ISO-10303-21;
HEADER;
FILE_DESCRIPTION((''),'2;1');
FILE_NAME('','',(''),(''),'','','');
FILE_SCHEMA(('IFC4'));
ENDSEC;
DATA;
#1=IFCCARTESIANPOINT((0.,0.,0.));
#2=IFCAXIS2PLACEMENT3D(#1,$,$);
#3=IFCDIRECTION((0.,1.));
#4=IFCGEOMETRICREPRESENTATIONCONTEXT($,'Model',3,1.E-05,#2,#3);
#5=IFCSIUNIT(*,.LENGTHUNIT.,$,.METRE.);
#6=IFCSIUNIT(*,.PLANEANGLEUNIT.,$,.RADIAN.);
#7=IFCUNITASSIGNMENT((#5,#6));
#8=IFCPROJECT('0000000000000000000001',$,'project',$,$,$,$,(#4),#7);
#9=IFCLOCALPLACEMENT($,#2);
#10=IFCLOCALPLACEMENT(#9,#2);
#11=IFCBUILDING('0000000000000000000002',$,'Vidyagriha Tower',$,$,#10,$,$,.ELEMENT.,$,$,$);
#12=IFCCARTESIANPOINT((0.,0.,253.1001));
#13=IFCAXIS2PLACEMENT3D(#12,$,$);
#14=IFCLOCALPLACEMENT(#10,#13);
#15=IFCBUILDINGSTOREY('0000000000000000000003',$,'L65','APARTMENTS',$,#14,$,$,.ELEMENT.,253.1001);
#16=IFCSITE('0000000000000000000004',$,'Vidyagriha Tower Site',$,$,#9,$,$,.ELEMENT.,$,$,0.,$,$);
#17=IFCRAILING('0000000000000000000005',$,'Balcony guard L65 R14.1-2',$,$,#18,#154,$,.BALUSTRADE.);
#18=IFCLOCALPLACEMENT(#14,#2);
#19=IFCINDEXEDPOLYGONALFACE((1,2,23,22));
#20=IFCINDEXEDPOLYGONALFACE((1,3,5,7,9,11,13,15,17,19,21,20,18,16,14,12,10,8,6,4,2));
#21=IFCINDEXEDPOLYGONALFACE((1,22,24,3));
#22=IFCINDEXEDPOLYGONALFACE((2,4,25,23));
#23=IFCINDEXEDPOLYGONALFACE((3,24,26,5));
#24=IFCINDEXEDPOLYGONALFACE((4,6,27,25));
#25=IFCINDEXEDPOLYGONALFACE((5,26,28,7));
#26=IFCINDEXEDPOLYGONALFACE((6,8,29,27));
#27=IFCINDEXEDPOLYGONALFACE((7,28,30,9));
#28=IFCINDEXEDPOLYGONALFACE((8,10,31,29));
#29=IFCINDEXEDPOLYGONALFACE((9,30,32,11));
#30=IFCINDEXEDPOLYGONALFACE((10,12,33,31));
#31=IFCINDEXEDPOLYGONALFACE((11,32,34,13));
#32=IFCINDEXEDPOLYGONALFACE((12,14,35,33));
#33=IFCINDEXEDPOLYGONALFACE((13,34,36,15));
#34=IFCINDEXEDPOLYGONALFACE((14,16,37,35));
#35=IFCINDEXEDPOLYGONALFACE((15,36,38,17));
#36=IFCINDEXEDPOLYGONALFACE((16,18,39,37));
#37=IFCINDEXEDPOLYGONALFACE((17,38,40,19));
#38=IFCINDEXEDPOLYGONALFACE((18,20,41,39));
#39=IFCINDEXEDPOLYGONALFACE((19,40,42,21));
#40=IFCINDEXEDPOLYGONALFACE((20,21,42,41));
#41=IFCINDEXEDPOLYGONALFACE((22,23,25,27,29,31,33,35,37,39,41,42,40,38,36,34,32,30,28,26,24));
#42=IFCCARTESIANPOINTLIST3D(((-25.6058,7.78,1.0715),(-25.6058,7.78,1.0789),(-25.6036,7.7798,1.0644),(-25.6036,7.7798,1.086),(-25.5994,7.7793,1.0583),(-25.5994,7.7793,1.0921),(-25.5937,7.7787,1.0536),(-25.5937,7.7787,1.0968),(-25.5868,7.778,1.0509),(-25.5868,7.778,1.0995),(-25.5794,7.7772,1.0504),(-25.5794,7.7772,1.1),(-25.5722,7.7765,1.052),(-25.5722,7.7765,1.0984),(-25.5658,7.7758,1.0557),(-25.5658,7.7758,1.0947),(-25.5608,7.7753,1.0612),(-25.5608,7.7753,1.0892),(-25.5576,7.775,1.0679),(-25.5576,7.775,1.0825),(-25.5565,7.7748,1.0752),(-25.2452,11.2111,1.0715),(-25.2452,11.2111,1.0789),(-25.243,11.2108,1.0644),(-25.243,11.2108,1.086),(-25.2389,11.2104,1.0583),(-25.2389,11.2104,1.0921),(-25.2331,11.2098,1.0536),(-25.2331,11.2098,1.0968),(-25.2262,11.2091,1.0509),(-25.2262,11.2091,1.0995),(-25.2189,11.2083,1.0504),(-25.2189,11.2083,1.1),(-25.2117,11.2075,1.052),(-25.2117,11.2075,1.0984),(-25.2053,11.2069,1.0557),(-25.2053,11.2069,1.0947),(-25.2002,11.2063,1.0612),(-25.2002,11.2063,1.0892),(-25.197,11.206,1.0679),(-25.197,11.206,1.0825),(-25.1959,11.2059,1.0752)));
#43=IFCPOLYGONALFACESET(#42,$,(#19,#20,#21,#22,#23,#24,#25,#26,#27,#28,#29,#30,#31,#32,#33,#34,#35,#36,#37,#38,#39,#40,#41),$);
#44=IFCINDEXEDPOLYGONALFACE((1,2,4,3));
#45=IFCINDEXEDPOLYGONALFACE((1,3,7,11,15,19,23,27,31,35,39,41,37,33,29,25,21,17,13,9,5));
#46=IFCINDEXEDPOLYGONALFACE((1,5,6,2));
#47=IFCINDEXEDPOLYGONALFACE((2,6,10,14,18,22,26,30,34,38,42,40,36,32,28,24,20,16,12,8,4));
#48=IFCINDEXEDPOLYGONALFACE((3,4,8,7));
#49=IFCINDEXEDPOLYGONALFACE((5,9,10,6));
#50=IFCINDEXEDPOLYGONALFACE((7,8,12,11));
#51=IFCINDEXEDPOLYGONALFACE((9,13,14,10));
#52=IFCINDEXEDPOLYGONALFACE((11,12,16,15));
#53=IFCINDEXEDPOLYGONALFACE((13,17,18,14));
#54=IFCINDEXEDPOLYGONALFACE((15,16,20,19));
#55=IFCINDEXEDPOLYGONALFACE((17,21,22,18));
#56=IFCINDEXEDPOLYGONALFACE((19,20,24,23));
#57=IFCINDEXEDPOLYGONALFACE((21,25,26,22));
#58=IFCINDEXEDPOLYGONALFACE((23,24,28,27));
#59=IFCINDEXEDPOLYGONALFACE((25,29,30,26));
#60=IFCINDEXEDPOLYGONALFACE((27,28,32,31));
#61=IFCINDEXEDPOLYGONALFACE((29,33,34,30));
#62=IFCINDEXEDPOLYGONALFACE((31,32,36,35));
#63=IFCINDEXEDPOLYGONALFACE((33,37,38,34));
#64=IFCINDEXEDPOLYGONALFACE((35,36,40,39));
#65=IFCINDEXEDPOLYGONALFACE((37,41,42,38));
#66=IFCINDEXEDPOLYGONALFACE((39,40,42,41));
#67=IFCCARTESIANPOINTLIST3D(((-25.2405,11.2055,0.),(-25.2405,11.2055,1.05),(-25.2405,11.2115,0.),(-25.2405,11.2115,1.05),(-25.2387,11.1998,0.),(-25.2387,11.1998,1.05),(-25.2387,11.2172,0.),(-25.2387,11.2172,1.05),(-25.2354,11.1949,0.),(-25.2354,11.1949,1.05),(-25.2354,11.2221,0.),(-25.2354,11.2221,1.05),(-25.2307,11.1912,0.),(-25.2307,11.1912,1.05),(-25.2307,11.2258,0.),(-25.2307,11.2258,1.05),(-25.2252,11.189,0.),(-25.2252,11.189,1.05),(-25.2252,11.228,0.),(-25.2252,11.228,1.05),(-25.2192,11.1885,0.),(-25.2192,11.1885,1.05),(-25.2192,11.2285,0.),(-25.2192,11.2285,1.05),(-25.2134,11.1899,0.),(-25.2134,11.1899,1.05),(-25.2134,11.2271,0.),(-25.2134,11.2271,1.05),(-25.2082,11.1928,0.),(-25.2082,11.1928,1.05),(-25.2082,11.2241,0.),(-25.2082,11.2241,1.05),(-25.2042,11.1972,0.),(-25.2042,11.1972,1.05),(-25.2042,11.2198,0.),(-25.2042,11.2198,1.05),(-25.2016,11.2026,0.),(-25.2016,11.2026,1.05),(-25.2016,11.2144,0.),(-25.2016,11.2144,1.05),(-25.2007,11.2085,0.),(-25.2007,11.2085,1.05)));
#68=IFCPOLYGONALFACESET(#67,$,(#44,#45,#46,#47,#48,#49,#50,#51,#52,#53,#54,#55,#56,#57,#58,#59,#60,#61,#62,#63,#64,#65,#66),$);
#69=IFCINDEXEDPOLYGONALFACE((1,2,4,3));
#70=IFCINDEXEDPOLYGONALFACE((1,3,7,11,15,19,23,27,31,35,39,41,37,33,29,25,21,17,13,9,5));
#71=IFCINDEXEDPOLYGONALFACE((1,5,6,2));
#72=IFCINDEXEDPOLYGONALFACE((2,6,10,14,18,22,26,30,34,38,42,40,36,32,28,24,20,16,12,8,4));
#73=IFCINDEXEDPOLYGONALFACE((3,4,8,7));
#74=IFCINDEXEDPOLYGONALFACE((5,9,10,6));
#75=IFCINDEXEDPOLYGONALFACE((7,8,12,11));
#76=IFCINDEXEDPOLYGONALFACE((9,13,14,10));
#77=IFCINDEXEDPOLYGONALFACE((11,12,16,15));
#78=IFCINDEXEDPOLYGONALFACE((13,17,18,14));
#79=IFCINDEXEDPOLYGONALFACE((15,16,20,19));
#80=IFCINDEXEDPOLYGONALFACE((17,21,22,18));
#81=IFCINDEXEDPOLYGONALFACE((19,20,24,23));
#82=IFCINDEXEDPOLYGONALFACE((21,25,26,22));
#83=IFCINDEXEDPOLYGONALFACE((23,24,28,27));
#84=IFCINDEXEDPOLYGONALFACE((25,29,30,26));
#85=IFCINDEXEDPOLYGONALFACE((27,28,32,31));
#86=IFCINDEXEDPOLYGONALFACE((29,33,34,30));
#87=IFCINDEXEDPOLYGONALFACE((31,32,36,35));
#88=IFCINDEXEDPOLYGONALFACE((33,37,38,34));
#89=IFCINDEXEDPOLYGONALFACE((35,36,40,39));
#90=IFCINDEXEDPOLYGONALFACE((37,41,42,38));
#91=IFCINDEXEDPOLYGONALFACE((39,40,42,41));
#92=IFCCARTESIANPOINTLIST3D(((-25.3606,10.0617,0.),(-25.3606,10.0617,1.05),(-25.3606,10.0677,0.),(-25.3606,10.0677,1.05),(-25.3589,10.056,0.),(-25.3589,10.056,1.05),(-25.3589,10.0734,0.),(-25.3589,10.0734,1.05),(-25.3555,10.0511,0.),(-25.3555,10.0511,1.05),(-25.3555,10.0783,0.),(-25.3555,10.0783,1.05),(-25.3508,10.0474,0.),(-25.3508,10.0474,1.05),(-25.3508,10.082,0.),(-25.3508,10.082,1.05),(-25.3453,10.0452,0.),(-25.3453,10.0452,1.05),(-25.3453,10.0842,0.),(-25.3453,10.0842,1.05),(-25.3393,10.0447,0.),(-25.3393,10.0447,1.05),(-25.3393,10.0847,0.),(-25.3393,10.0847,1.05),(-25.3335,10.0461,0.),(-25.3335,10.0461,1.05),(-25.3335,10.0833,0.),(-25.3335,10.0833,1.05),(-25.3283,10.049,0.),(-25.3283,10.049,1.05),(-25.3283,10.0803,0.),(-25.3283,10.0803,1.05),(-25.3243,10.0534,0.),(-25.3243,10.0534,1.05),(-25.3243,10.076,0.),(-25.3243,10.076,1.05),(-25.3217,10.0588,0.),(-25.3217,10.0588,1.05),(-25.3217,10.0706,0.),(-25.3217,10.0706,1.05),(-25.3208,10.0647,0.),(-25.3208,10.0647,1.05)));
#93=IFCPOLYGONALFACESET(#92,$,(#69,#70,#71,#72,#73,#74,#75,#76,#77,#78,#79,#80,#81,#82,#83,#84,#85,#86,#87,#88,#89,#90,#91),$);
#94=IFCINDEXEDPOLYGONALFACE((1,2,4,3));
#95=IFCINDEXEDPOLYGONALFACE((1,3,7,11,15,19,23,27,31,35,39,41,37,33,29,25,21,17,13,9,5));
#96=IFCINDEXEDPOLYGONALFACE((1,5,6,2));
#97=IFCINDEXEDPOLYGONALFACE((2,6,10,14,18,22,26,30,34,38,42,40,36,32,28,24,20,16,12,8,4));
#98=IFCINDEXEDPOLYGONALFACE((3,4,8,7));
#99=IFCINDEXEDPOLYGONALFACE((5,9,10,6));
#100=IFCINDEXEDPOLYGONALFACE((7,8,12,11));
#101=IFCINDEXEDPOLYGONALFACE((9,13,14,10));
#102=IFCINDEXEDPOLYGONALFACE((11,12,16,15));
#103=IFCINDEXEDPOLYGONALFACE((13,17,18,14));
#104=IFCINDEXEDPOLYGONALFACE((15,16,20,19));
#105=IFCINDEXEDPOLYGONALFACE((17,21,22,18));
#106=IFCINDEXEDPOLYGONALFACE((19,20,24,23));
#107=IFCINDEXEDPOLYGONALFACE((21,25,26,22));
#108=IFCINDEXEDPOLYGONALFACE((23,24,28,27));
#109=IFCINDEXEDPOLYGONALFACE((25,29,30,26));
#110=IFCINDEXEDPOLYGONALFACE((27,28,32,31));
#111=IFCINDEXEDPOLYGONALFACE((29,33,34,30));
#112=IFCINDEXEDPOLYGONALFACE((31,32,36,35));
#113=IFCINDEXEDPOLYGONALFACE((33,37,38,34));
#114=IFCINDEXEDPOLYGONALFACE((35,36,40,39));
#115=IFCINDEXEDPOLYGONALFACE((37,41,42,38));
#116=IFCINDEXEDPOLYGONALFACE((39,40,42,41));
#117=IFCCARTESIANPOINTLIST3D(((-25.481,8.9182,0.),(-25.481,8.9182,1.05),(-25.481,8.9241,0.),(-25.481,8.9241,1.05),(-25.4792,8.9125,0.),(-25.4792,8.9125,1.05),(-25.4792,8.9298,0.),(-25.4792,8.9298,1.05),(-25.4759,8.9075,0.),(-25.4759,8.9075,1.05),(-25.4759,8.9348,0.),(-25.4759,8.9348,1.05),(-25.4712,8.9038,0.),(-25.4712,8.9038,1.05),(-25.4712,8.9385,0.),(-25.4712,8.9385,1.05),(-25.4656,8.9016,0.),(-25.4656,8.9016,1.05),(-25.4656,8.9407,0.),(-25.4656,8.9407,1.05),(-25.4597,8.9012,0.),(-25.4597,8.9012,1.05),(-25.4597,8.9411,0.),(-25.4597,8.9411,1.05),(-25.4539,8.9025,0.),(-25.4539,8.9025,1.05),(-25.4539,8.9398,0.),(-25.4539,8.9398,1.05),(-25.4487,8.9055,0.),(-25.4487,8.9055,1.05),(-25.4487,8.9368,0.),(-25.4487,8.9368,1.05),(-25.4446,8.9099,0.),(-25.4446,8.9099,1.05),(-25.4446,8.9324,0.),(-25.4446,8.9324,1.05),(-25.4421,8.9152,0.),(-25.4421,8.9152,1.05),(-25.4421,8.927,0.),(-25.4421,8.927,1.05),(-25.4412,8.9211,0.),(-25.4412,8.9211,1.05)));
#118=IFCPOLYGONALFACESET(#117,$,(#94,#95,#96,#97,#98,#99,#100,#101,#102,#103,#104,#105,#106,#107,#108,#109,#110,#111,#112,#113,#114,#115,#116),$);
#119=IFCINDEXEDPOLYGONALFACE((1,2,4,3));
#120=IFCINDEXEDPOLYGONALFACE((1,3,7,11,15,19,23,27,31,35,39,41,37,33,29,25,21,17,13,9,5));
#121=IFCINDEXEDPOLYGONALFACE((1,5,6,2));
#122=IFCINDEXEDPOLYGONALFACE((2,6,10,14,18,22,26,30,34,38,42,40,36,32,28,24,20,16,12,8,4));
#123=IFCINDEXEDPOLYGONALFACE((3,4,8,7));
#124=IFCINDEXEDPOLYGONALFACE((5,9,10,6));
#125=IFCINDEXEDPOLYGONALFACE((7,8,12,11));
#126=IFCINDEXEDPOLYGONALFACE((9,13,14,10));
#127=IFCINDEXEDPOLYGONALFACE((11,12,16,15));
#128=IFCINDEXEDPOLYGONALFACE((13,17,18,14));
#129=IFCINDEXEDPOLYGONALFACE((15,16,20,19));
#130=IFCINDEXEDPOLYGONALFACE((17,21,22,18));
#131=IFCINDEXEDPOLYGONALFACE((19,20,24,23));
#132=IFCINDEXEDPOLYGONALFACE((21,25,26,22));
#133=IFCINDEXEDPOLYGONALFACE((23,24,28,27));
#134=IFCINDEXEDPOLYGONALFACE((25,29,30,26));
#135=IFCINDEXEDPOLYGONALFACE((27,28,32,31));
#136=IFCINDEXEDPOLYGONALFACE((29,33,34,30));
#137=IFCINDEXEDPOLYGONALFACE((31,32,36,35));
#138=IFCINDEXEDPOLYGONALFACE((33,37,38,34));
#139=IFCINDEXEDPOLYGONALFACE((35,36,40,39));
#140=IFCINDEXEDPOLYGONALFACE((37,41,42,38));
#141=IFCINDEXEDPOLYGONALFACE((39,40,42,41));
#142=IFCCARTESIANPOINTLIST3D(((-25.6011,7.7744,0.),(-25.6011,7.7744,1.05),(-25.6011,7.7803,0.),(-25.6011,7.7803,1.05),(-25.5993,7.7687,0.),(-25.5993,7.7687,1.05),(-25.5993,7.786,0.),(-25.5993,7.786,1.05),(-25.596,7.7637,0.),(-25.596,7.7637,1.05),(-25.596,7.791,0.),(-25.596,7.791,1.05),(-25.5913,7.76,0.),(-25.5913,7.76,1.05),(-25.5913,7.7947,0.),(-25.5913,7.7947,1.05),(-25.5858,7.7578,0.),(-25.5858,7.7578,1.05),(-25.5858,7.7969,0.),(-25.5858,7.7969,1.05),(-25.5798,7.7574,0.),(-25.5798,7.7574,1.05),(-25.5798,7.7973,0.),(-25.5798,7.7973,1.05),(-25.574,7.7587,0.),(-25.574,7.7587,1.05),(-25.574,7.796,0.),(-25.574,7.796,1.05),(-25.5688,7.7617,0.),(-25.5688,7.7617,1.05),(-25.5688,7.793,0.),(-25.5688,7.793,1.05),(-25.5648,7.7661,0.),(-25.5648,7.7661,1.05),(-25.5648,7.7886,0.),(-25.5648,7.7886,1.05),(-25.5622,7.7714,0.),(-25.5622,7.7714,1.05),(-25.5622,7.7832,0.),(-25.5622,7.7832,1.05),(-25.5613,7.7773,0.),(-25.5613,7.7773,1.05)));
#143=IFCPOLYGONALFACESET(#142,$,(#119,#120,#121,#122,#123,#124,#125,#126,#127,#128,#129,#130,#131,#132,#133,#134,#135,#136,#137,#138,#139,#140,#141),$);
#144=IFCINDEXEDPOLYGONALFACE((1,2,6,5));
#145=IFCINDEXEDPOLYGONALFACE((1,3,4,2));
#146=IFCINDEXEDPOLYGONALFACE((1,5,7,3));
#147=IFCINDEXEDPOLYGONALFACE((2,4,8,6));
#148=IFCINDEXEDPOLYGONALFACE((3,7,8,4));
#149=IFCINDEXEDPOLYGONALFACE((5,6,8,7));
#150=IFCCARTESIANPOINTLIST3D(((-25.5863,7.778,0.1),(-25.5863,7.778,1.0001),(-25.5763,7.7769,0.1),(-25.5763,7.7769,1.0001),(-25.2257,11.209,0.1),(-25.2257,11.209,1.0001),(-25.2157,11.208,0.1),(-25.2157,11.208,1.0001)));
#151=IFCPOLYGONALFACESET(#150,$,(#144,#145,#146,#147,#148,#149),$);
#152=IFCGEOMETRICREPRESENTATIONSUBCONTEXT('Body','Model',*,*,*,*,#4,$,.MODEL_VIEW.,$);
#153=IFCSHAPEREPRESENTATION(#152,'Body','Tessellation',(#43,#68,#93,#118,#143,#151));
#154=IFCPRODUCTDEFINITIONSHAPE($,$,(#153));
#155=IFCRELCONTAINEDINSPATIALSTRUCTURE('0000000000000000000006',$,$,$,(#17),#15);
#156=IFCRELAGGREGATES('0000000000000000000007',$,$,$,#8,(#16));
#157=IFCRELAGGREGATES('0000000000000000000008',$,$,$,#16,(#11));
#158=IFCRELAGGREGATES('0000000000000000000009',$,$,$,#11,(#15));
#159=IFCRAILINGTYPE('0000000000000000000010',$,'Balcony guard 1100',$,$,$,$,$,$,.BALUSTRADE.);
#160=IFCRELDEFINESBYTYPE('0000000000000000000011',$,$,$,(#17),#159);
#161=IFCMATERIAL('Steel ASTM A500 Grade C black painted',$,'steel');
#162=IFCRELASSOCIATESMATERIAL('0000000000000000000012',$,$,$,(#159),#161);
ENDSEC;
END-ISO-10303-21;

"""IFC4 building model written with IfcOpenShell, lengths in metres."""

from ifc_helpers import new_model, si_unit, direction, frame, origin, origin_2d, place, context, subcontext, project, spatial, rectangle, circle, extrude, material, type_object, element, save


model = new_model("IFC4")

# Units and contexts
model_context = context("Model", 3, precision=1e-05, world=origin(), true_north=direction((0.0, 1.0)))
body_context = subcontext(model_context, "Body", "Model", "MODEL_VIEW")
ifc_project = project(units=[si_unit("LENGTHUNIT", "METRE"), si_unit("PLANEANGLEUNIT", "RADIAN")], contexts=[model_context])

# Site, building, storey
site_placement = place(None, origin())
site = spatial("IfcSite", under=ifc_project, at=site_placement, Name="Vidyagriha Tower Site", CompositionType="ELEMENT", RefElevation=0.0)
building_placement = place(site_placement, origin())
building = spatial("IfcBuilding", under=site, at=building_placement, Name="Vidyagriha Tower", CompositionType="ELEMENT")
storey_placement = place(building_placement, frame((0.0, 0.0, 253.1001)))
storey = spatial("IfcBuildingStorey", under=building, at=storey_placement, Name="L65", Description="APARTMENTS", CompositionType="ELEMENT", Elevation=253.1001)

# Railing
ifc_material_1 = material(Name="Steel ASTM A500 Grade C black painted", Category="steel")
railing_type_1 = type_object("IfcRailingType", Name="Balcony guard 1100", PredefinedType="BALUSTRADE", material=ifc_material_1)
railing_1_placement = place(storey_placement, frame((-25.2207, 11.2085, 0.0)))
element("IfcRailing", 1, at=railing_1_placement, inside=storey, type_object=railing_type_1, Name="Balcony guard L65 R14.1-2", PredefinedType="BALUSTRADE", context=body_context, shape_type="SweptSolid", body=[
    extrude(circle(Radius=0.0249, at=origin_2d()), frame((0.0, 0.0, 1.0752), z_axis=(-0.104519, -0.994523, 0.0), x_axis=(0.994523, -0.104519, 0.0)), (0.0, 0.0, 1.0), 3.45),
    extrude(circle(Radius=0.02, at=origin_2d()), origin(), (0.0, 0.0, 1.0), 1.05),
    extrude(circle(Radius=0.02, at=origin_2d()), frame((-0.1201, -1.1438, 0.0)), (0.0, 0.0, 1.0), 1.05),
    extrude(circle(Radius=0.02, at=origin_2d()), frame((-0.2405, -2.2874, 0.0)), (0.0, 0.0, 1.0), 1.05),
    extrude(circle(Radius=0.02, at=origin_2d()), frame((-0.3606, -3.4312, 0.0)), (0.0, 0.0, 1.0), 1.05),
    extrude(rectangle(XDim=0.01, YDim=0.9001, at=origin_2d()), frame((0.0, 0.0, 0.55), z_axis=(-0.104519, -0.994523, 0.0), x_axis=(0.994523, -0.104519, 0.0)), (0.0, 0.0, 1.0), 3.45),
])

save(model, "model.ifc")
